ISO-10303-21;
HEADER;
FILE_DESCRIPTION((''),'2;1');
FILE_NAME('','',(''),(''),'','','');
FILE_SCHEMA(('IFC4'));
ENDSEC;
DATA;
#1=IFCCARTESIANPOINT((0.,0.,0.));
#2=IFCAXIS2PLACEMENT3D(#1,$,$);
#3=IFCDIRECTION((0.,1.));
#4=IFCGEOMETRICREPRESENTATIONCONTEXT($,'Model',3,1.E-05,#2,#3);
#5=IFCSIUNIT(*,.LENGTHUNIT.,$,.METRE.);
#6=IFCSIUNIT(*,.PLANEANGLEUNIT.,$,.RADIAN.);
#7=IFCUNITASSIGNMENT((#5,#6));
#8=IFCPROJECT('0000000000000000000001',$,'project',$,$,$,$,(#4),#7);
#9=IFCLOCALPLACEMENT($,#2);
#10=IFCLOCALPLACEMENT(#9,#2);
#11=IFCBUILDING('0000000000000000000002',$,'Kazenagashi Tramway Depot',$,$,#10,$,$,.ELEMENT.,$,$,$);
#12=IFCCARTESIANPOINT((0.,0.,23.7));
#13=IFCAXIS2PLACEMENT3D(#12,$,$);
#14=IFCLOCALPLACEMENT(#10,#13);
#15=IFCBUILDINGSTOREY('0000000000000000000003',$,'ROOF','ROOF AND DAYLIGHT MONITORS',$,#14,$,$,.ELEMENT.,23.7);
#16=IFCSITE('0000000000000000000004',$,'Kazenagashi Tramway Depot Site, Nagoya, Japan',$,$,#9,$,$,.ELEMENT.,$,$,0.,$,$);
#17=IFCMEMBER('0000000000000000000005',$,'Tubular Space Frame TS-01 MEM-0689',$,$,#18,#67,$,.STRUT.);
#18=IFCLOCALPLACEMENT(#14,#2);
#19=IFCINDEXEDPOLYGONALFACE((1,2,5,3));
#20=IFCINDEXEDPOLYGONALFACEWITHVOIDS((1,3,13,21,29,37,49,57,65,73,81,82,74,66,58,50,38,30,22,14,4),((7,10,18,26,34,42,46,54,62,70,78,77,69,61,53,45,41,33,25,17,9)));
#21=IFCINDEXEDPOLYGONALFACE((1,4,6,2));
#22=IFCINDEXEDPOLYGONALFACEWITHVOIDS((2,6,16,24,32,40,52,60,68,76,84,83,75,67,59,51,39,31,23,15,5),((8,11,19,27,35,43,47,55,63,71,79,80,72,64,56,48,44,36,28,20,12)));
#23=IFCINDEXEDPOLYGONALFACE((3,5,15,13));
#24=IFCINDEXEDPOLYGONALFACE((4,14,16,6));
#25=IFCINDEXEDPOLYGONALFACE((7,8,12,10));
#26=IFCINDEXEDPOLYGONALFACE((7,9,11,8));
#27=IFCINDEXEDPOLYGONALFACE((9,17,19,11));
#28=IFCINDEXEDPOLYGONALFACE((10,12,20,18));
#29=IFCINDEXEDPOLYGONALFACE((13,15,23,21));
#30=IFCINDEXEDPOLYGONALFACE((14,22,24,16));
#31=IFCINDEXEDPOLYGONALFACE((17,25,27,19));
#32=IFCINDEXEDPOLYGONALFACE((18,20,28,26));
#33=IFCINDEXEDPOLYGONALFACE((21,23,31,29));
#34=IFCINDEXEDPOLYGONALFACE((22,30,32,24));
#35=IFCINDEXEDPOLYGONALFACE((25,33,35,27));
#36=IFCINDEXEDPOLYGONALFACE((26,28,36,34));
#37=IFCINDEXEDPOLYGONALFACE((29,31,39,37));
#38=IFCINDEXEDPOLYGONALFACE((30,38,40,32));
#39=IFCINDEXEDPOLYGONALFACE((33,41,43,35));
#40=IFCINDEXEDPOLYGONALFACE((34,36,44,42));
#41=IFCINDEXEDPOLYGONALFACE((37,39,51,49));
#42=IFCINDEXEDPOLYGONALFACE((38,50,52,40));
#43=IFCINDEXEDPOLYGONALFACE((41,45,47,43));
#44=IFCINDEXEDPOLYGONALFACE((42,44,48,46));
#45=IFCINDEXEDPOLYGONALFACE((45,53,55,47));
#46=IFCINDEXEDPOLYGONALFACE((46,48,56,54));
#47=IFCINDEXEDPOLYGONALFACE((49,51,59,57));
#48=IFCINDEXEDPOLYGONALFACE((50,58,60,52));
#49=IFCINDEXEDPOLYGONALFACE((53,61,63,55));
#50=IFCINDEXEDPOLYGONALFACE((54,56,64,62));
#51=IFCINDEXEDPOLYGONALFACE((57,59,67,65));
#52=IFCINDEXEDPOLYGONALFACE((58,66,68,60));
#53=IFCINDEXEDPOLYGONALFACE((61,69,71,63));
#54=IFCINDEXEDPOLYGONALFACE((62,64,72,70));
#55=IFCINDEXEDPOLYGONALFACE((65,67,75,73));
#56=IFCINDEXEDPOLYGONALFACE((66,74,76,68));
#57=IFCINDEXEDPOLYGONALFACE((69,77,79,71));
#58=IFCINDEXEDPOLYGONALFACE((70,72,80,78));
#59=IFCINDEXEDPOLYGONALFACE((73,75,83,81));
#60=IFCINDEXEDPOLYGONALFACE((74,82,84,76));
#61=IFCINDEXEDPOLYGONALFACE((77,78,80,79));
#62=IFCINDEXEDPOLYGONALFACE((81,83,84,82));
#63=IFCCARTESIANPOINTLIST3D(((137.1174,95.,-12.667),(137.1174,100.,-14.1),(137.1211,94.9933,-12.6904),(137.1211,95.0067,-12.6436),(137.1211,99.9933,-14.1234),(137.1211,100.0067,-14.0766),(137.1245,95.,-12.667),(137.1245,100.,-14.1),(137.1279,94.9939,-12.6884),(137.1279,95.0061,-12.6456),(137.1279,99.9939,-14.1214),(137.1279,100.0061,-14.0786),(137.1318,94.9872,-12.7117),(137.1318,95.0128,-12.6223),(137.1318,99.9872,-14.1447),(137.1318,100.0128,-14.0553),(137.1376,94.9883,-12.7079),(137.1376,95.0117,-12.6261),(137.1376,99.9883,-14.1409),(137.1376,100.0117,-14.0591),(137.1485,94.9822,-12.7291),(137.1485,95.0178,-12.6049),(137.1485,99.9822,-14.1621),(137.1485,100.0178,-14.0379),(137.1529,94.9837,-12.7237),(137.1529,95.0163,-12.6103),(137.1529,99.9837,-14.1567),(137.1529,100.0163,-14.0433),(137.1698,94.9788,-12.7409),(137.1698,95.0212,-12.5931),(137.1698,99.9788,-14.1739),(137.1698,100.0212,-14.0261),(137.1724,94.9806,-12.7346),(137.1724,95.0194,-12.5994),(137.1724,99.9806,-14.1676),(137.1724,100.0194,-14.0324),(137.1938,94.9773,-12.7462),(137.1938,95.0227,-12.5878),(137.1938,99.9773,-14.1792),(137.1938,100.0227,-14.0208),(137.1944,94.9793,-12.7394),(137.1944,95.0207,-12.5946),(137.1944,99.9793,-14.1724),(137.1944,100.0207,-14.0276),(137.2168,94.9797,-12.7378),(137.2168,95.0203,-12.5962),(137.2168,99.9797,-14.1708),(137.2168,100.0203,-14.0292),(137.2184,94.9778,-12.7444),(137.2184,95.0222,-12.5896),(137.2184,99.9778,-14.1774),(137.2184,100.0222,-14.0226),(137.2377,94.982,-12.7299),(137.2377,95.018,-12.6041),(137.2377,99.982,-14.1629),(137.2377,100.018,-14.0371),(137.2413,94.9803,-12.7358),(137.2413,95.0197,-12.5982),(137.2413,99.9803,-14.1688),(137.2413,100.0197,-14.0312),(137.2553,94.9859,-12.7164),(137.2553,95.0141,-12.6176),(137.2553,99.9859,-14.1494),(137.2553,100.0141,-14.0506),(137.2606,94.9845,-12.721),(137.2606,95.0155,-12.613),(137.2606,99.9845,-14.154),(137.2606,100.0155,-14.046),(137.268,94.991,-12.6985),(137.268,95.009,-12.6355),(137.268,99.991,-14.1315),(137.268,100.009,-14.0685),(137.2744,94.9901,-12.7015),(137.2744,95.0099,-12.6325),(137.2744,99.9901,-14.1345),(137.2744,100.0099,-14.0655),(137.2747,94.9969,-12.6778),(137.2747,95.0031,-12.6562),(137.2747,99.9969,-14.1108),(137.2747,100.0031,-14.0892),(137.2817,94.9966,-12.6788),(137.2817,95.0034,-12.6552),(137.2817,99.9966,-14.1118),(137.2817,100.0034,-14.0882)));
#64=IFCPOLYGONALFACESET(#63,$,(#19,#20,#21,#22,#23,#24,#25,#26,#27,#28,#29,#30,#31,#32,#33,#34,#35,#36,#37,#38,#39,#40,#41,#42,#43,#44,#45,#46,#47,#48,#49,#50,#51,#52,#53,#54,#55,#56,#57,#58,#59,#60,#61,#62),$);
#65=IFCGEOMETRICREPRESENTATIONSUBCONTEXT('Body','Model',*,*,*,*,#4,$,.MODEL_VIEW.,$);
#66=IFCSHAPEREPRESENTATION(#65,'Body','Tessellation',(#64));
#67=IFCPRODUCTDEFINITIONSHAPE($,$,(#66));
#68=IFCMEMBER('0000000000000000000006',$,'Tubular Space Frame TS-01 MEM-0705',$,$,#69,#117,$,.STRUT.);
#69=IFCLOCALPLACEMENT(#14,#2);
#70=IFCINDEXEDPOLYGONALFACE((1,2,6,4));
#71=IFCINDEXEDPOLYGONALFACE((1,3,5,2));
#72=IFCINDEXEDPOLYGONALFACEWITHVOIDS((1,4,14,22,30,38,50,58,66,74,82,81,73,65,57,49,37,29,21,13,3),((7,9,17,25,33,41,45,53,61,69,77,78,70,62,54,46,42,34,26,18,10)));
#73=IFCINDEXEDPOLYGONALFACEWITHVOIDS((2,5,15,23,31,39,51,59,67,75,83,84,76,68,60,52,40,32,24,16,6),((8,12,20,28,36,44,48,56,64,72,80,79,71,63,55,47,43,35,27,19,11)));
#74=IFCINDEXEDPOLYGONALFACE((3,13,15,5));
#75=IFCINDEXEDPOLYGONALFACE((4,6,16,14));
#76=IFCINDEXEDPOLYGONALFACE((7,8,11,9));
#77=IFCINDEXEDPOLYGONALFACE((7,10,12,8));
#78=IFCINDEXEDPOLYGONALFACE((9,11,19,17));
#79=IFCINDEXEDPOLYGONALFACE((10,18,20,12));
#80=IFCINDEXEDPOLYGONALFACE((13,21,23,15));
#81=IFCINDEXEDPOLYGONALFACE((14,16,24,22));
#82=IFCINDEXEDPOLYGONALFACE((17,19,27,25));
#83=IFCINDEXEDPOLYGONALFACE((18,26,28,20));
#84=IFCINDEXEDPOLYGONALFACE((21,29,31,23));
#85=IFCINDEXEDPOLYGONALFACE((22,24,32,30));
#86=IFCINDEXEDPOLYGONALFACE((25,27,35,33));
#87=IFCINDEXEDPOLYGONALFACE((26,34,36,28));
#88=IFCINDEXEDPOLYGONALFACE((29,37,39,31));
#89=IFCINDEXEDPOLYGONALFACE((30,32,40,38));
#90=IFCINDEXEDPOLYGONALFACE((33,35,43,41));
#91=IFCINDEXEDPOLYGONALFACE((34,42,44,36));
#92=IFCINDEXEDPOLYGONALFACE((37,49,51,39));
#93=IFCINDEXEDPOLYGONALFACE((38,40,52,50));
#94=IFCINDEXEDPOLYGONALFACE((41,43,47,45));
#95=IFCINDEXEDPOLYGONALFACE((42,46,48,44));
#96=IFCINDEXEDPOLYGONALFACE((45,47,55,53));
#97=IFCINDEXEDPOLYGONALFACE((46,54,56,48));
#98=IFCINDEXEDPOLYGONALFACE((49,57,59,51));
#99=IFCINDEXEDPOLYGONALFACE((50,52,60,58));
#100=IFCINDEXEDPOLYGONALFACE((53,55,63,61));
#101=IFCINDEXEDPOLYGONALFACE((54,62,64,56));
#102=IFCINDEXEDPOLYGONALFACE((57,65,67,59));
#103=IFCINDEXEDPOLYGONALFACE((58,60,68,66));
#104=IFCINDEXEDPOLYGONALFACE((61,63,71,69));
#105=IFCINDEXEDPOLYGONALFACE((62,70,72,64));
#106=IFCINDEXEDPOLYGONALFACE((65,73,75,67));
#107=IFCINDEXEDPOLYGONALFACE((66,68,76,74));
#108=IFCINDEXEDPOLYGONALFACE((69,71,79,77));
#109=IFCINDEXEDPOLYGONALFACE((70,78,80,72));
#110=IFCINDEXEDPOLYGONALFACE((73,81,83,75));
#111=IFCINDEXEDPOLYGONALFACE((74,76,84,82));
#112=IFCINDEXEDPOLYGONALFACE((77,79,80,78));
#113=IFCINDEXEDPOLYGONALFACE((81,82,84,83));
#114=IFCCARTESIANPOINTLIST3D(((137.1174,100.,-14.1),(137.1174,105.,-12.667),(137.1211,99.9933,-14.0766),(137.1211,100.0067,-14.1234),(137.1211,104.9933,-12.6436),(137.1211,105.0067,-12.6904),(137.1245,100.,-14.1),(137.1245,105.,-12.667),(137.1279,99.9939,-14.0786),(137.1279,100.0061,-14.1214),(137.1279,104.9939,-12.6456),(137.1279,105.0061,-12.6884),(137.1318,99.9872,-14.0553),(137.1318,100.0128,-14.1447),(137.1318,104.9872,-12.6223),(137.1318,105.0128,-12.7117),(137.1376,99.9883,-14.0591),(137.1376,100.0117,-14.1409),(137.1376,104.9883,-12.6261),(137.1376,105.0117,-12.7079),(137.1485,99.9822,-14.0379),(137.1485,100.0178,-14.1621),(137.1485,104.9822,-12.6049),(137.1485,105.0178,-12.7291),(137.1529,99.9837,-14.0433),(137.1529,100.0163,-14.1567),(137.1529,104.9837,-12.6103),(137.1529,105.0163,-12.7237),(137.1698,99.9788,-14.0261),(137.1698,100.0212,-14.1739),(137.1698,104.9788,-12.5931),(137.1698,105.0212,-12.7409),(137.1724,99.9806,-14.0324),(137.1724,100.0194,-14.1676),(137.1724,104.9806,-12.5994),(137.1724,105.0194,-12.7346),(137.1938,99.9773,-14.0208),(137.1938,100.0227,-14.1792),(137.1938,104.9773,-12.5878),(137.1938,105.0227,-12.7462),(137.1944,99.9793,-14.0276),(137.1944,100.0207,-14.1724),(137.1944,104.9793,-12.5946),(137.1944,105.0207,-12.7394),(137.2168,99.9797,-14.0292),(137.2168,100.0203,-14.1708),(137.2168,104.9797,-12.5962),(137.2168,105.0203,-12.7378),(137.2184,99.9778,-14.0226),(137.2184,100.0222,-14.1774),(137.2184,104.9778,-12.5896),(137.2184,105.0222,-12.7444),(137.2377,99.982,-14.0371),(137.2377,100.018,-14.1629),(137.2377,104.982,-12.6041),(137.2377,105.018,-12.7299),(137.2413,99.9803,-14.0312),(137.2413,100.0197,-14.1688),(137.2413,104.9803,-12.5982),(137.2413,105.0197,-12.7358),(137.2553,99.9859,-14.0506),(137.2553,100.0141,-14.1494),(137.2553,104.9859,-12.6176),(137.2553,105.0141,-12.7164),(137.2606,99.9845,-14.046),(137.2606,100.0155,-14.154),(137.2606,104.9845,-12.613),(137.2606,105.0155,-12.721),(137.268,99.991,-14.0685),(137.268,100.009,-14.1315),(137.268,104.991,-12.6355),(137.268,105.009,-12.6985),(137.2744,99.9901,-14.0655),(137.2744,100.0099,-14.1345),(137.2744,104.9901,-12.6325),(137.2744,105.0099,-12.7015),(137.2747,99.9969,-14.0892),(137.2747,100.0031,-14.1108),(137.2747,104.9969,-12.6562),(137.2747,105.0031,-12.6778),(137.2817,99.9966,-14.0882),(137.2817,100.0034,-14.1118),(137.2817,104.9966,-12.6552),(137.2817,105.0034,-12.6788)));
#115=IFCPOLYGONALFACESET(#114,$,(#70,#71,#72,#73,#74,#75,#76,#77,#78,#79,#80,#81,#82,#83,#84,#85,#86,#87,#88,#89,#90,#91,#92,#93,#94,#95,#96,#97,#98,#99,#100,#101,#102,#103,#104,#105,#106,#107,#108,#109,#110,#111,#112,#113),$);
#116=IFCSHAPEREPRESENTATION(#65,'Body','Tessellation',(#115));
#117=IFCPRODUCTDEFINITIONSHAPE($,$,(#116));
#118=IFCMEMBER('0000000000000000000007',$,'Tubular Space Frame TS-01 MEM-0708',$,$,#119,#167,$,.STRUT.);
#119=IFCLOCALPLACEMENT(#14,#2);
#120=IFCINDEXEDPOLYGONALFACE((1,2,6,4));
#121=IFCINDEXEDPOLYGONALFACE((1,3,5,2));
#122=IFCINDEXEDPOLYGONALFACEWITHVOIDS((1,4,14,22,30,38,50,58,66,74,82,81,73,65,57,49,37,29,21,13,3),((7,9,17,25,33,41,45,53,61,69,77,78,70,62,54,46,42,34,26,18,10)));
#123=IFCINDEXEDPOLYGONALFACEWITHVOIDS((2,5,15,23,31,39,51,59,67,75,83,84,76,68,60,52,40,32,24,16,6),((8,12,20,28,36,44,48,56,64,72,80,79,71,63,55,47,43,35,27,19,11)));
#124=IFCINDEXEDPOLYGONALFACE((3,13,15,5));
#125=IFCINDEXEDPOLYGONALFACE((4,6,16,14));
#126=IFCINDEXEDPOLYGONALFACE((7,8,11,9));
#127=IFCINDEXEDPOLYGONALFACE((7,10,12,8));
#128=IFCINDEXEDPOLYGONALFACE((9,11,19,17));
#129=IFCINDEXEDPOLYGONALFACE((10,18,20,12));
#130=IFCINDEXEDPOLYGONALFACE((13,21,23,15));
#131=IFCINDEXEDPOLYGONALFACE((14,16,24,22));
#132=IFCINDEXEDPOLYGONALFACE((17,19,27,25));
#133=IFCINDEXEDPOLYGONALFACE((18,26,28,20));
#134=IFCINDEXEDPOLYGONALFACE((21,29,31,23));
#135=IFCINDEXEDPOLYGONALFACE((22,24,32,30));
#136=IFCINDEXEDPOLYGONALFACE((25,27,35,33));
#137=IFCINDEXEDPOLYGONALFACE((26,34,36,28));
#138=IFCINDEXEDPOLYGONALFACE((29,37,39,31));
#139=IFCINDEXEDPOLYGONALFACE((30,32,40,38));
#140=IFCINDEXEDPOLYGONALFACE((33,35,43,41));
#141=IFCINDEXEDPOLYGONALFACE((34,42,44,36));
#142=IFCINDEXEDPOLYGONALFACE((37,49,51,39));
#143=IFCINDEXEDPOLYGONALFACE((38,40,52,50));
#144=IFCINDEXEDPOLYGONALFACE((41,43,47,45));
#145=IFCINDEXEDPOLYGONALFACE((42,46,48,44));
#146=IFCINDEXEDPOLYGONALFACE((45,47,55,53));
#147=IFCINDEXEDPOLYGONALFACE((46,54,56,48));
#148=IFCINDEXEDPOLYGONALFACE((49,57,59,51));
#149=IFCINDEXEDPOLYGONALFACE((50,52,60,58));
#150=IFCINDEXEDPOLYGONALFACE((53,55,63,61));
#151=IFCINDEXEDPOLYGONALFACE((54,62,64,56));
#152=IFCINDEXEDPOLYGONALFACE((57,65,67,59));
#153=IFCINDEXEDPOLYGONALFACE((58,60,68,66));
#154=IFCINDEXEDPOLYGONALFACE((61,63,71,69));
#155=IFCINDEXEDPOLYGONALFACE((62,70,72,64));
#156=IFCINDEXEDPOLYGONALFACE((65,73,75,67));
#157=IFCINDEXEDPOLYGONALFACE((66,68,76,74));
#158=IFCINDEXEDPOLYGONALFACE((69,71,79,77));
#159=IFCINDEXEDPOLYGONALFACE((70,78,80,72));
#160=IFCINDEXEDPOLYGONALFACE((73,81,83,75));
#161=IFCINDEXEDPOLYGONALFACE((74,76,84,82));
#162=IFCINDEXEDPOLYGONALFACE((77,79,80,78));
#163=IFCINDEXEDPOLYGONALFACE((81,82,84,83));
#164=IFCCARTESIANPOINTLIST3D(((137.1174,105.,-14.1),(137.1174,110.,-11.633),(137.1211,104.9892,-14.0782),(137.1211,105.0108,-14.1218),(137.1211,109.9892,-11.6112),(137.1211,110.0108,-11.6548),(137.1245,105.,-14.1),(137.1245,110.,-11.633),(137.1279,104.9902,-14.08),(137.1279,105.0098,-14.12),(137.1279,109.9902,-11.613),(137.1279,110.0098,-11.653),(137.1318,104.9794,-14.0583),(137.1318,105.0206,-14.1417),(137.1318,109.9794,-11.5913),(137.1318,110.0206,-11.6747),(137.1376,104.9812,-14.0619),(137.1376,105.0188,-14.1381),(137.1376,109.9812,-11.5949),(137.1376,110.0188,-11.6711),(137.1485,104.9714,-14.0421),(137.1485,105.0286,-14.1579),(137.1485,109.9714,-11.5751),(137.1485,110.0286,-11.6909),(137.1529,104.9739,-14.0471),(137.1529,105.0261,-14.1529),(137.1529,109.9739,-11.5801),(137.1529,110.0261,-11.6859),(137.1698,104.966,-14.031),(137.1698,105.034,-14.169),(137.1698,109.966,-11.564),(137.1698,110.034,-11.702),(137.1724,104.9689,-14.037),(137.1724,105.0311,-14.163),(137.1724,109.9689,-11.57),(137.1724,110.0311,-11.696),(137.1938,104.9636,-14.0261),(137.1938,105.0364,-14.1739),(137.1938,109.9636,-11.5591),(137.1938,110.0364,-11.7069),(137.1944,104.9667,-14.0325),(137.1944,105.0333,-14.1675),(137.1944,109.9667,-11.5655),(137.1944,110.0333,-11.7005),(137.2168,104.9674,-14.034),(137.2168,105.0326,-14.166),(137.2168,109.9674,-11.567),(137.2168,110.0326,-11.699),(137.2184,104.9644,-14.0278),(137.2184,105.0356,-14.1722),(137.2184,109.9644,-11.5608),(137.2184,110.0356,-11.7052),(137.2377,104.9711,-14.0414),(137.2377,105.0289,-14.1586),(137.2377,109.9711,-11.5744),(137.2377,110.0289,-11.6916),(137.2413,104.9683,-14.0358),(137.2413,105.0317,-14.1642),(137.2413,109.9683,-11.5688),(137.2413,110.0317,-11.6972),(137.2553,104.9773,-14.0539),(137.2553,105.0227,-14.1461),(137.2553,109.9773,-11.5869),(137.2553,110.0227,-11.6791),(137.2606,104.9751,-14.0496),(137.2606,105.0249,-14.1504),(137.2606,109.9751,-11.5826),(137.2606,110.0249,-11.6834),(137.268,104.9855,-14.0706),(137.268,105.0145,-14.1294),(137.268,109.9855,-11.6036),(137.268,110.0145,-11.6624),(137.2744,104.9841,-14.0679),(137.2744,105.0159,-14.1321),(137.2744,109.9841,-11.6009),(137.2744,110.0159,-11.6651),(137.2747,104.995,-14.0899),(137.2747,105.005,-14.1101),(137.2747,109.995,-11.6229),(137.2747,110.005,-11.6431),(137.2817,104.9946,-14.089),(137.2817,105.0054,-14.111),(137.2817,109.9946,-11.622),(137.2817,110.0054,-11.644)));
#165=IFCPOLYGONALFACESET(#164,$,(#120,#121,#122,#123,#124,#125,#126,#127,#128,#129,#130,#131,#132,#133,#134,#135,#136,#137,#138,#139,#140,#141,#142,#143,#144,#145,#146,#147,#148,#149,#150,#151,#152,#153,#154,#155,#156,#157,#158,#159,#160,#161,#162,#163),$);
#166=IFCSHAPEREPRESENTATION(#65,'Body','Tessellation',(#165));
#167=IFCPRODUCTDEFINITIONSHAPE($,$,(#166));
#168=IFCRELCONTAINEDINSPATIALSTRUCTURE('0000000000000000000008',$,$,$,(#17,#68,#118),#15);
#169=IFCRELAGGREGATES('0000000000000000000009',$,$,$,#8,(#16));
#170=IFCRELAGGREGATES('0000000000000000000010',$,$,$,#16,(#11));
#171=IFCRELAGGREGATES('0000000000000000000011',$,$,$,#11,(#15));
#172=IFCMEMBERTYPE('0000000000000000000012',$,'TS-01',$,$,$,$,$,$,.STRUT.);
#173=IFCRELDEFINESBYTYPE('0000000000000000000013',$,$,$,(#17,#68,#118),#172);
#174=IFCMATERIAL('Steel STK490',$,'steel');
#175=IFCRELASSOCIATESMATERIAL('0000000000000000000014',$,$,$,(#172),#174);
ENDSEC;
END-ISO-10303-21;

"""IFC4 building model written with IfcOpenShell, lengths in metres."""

from ifc_helpers import new_model, si_unit, direction, frame, origin, origin_2d, place, context, subcontext, project, spatial, hollow_circle, extrude, material, material_profile, profile_set, type_object, element, save


model = new_model("IFC4")

# Units and contexts
model_context = context("Model", 3, precision=1e-05, world=origin(), true_north=direction((0.0, 1.0)))
body_context = subcontext(model_context, "Body", "Model", "MODEL_VIEW")
ifc_project = project(units=[si_unit("LENGTHUNIT", "METRE"), si_unit("PLANEANGLEUNIT", "RADIAN")], contexts=[model_context])

# Site, building, storey
site_placement = place(None, origin())
site = spatial("IfcSite", under=ifc_project, at=site_placement, Name="Kazenagashi Tramway Depot Site, Nagoya, Japan", CompositionType="ELEMENT", RefElevation=0.0)
building_placement = place(site_placement, origin())
building = spatial("IfcBuilding", under=site, at=building_placement, Name="Kazenagashi Tramway Depot", CompositionType="ELEMENT")
storey_placement = place(building_placement, frame((0.0, 0.0, 23.7)))
storey = spatial("IfcBuildingStorey", under=building, at=storey_placement, Name="ROOF", Description="ROOF AND DAYLIGHT MONITORS", CompositionType="ELEMENT", Elevation=23.7)

# Members
ifc_material_1 = material(Name="Steel STK490", Category="steel")
ifc_material_profile_1 = material_profile(ifc_material_1, hollow_circle(Radius=0.0826, WallThickness=0.0071, at=origin_2d()), Name="CHS-165.2x7.1")
ifc_profile_set_1 = profile_set([ifc_material_profile_1], Name="Steel STK490")
member_type_1 = type_object("IfcMemberType", Name="TS-01", PredefinedType="STRUT", material=ifc_profile_set_1)
for number, where, z_axis, x_axis, name in (
    (1, (137.2, 95.0, -12.667), (0.0, 0.961299, -0.275508), (-1.0, 0.0, 0.0), "Tubular Space Frame TS-01 MEM-0689"),
    (2, (137.2, 100.0, -14.1), (0.0, 0.961299, 0.275508), (-1.0, 0.0, 0.0), "Tubular Space Frame TS-01 MEM-0705"),
):
    element("IfcMember", number, at=place(storey_placement, frame(where, z_axis=z_axis, x_axis=x_axis)), inside=storey, type_object=member_type_1, Name=name, PredefinedType="STRUT", context=body_context, shape_type="SweptSolid", body=[
        extrude(hollow_circle(Radius=0.0826, WallThickness=0.0071, at=origin_2d()), origin(), (0.0, 0.0, 1.0), 5.2013),
    ])
for number, where, z_axis, x_axis, name in (
    (3, (137.2, 105.0, -14.1), (0.0, 0.896782, 0.442472), (-1.0, 0.0, 0.0), "Tubular Space Frame TS-01 MEM-0708"),
):
    element("IfcMember", number, at=place(storey_placement, frame(where, z_axis=z_axis, x_axis=x_axis)), inside=storey, type_object=member_type_1, Name=name, PredefinedType="STRUT", context=body_context, shape_type="SweptSolid", body=[
        extrude(hollow_circle(Radius=0.0826, WallThickness=0.0071, at=origin_2d()), origin(), (0.0, 0.0, 1.0), 5.5755),
    ])

save(model, "model.ifc")
